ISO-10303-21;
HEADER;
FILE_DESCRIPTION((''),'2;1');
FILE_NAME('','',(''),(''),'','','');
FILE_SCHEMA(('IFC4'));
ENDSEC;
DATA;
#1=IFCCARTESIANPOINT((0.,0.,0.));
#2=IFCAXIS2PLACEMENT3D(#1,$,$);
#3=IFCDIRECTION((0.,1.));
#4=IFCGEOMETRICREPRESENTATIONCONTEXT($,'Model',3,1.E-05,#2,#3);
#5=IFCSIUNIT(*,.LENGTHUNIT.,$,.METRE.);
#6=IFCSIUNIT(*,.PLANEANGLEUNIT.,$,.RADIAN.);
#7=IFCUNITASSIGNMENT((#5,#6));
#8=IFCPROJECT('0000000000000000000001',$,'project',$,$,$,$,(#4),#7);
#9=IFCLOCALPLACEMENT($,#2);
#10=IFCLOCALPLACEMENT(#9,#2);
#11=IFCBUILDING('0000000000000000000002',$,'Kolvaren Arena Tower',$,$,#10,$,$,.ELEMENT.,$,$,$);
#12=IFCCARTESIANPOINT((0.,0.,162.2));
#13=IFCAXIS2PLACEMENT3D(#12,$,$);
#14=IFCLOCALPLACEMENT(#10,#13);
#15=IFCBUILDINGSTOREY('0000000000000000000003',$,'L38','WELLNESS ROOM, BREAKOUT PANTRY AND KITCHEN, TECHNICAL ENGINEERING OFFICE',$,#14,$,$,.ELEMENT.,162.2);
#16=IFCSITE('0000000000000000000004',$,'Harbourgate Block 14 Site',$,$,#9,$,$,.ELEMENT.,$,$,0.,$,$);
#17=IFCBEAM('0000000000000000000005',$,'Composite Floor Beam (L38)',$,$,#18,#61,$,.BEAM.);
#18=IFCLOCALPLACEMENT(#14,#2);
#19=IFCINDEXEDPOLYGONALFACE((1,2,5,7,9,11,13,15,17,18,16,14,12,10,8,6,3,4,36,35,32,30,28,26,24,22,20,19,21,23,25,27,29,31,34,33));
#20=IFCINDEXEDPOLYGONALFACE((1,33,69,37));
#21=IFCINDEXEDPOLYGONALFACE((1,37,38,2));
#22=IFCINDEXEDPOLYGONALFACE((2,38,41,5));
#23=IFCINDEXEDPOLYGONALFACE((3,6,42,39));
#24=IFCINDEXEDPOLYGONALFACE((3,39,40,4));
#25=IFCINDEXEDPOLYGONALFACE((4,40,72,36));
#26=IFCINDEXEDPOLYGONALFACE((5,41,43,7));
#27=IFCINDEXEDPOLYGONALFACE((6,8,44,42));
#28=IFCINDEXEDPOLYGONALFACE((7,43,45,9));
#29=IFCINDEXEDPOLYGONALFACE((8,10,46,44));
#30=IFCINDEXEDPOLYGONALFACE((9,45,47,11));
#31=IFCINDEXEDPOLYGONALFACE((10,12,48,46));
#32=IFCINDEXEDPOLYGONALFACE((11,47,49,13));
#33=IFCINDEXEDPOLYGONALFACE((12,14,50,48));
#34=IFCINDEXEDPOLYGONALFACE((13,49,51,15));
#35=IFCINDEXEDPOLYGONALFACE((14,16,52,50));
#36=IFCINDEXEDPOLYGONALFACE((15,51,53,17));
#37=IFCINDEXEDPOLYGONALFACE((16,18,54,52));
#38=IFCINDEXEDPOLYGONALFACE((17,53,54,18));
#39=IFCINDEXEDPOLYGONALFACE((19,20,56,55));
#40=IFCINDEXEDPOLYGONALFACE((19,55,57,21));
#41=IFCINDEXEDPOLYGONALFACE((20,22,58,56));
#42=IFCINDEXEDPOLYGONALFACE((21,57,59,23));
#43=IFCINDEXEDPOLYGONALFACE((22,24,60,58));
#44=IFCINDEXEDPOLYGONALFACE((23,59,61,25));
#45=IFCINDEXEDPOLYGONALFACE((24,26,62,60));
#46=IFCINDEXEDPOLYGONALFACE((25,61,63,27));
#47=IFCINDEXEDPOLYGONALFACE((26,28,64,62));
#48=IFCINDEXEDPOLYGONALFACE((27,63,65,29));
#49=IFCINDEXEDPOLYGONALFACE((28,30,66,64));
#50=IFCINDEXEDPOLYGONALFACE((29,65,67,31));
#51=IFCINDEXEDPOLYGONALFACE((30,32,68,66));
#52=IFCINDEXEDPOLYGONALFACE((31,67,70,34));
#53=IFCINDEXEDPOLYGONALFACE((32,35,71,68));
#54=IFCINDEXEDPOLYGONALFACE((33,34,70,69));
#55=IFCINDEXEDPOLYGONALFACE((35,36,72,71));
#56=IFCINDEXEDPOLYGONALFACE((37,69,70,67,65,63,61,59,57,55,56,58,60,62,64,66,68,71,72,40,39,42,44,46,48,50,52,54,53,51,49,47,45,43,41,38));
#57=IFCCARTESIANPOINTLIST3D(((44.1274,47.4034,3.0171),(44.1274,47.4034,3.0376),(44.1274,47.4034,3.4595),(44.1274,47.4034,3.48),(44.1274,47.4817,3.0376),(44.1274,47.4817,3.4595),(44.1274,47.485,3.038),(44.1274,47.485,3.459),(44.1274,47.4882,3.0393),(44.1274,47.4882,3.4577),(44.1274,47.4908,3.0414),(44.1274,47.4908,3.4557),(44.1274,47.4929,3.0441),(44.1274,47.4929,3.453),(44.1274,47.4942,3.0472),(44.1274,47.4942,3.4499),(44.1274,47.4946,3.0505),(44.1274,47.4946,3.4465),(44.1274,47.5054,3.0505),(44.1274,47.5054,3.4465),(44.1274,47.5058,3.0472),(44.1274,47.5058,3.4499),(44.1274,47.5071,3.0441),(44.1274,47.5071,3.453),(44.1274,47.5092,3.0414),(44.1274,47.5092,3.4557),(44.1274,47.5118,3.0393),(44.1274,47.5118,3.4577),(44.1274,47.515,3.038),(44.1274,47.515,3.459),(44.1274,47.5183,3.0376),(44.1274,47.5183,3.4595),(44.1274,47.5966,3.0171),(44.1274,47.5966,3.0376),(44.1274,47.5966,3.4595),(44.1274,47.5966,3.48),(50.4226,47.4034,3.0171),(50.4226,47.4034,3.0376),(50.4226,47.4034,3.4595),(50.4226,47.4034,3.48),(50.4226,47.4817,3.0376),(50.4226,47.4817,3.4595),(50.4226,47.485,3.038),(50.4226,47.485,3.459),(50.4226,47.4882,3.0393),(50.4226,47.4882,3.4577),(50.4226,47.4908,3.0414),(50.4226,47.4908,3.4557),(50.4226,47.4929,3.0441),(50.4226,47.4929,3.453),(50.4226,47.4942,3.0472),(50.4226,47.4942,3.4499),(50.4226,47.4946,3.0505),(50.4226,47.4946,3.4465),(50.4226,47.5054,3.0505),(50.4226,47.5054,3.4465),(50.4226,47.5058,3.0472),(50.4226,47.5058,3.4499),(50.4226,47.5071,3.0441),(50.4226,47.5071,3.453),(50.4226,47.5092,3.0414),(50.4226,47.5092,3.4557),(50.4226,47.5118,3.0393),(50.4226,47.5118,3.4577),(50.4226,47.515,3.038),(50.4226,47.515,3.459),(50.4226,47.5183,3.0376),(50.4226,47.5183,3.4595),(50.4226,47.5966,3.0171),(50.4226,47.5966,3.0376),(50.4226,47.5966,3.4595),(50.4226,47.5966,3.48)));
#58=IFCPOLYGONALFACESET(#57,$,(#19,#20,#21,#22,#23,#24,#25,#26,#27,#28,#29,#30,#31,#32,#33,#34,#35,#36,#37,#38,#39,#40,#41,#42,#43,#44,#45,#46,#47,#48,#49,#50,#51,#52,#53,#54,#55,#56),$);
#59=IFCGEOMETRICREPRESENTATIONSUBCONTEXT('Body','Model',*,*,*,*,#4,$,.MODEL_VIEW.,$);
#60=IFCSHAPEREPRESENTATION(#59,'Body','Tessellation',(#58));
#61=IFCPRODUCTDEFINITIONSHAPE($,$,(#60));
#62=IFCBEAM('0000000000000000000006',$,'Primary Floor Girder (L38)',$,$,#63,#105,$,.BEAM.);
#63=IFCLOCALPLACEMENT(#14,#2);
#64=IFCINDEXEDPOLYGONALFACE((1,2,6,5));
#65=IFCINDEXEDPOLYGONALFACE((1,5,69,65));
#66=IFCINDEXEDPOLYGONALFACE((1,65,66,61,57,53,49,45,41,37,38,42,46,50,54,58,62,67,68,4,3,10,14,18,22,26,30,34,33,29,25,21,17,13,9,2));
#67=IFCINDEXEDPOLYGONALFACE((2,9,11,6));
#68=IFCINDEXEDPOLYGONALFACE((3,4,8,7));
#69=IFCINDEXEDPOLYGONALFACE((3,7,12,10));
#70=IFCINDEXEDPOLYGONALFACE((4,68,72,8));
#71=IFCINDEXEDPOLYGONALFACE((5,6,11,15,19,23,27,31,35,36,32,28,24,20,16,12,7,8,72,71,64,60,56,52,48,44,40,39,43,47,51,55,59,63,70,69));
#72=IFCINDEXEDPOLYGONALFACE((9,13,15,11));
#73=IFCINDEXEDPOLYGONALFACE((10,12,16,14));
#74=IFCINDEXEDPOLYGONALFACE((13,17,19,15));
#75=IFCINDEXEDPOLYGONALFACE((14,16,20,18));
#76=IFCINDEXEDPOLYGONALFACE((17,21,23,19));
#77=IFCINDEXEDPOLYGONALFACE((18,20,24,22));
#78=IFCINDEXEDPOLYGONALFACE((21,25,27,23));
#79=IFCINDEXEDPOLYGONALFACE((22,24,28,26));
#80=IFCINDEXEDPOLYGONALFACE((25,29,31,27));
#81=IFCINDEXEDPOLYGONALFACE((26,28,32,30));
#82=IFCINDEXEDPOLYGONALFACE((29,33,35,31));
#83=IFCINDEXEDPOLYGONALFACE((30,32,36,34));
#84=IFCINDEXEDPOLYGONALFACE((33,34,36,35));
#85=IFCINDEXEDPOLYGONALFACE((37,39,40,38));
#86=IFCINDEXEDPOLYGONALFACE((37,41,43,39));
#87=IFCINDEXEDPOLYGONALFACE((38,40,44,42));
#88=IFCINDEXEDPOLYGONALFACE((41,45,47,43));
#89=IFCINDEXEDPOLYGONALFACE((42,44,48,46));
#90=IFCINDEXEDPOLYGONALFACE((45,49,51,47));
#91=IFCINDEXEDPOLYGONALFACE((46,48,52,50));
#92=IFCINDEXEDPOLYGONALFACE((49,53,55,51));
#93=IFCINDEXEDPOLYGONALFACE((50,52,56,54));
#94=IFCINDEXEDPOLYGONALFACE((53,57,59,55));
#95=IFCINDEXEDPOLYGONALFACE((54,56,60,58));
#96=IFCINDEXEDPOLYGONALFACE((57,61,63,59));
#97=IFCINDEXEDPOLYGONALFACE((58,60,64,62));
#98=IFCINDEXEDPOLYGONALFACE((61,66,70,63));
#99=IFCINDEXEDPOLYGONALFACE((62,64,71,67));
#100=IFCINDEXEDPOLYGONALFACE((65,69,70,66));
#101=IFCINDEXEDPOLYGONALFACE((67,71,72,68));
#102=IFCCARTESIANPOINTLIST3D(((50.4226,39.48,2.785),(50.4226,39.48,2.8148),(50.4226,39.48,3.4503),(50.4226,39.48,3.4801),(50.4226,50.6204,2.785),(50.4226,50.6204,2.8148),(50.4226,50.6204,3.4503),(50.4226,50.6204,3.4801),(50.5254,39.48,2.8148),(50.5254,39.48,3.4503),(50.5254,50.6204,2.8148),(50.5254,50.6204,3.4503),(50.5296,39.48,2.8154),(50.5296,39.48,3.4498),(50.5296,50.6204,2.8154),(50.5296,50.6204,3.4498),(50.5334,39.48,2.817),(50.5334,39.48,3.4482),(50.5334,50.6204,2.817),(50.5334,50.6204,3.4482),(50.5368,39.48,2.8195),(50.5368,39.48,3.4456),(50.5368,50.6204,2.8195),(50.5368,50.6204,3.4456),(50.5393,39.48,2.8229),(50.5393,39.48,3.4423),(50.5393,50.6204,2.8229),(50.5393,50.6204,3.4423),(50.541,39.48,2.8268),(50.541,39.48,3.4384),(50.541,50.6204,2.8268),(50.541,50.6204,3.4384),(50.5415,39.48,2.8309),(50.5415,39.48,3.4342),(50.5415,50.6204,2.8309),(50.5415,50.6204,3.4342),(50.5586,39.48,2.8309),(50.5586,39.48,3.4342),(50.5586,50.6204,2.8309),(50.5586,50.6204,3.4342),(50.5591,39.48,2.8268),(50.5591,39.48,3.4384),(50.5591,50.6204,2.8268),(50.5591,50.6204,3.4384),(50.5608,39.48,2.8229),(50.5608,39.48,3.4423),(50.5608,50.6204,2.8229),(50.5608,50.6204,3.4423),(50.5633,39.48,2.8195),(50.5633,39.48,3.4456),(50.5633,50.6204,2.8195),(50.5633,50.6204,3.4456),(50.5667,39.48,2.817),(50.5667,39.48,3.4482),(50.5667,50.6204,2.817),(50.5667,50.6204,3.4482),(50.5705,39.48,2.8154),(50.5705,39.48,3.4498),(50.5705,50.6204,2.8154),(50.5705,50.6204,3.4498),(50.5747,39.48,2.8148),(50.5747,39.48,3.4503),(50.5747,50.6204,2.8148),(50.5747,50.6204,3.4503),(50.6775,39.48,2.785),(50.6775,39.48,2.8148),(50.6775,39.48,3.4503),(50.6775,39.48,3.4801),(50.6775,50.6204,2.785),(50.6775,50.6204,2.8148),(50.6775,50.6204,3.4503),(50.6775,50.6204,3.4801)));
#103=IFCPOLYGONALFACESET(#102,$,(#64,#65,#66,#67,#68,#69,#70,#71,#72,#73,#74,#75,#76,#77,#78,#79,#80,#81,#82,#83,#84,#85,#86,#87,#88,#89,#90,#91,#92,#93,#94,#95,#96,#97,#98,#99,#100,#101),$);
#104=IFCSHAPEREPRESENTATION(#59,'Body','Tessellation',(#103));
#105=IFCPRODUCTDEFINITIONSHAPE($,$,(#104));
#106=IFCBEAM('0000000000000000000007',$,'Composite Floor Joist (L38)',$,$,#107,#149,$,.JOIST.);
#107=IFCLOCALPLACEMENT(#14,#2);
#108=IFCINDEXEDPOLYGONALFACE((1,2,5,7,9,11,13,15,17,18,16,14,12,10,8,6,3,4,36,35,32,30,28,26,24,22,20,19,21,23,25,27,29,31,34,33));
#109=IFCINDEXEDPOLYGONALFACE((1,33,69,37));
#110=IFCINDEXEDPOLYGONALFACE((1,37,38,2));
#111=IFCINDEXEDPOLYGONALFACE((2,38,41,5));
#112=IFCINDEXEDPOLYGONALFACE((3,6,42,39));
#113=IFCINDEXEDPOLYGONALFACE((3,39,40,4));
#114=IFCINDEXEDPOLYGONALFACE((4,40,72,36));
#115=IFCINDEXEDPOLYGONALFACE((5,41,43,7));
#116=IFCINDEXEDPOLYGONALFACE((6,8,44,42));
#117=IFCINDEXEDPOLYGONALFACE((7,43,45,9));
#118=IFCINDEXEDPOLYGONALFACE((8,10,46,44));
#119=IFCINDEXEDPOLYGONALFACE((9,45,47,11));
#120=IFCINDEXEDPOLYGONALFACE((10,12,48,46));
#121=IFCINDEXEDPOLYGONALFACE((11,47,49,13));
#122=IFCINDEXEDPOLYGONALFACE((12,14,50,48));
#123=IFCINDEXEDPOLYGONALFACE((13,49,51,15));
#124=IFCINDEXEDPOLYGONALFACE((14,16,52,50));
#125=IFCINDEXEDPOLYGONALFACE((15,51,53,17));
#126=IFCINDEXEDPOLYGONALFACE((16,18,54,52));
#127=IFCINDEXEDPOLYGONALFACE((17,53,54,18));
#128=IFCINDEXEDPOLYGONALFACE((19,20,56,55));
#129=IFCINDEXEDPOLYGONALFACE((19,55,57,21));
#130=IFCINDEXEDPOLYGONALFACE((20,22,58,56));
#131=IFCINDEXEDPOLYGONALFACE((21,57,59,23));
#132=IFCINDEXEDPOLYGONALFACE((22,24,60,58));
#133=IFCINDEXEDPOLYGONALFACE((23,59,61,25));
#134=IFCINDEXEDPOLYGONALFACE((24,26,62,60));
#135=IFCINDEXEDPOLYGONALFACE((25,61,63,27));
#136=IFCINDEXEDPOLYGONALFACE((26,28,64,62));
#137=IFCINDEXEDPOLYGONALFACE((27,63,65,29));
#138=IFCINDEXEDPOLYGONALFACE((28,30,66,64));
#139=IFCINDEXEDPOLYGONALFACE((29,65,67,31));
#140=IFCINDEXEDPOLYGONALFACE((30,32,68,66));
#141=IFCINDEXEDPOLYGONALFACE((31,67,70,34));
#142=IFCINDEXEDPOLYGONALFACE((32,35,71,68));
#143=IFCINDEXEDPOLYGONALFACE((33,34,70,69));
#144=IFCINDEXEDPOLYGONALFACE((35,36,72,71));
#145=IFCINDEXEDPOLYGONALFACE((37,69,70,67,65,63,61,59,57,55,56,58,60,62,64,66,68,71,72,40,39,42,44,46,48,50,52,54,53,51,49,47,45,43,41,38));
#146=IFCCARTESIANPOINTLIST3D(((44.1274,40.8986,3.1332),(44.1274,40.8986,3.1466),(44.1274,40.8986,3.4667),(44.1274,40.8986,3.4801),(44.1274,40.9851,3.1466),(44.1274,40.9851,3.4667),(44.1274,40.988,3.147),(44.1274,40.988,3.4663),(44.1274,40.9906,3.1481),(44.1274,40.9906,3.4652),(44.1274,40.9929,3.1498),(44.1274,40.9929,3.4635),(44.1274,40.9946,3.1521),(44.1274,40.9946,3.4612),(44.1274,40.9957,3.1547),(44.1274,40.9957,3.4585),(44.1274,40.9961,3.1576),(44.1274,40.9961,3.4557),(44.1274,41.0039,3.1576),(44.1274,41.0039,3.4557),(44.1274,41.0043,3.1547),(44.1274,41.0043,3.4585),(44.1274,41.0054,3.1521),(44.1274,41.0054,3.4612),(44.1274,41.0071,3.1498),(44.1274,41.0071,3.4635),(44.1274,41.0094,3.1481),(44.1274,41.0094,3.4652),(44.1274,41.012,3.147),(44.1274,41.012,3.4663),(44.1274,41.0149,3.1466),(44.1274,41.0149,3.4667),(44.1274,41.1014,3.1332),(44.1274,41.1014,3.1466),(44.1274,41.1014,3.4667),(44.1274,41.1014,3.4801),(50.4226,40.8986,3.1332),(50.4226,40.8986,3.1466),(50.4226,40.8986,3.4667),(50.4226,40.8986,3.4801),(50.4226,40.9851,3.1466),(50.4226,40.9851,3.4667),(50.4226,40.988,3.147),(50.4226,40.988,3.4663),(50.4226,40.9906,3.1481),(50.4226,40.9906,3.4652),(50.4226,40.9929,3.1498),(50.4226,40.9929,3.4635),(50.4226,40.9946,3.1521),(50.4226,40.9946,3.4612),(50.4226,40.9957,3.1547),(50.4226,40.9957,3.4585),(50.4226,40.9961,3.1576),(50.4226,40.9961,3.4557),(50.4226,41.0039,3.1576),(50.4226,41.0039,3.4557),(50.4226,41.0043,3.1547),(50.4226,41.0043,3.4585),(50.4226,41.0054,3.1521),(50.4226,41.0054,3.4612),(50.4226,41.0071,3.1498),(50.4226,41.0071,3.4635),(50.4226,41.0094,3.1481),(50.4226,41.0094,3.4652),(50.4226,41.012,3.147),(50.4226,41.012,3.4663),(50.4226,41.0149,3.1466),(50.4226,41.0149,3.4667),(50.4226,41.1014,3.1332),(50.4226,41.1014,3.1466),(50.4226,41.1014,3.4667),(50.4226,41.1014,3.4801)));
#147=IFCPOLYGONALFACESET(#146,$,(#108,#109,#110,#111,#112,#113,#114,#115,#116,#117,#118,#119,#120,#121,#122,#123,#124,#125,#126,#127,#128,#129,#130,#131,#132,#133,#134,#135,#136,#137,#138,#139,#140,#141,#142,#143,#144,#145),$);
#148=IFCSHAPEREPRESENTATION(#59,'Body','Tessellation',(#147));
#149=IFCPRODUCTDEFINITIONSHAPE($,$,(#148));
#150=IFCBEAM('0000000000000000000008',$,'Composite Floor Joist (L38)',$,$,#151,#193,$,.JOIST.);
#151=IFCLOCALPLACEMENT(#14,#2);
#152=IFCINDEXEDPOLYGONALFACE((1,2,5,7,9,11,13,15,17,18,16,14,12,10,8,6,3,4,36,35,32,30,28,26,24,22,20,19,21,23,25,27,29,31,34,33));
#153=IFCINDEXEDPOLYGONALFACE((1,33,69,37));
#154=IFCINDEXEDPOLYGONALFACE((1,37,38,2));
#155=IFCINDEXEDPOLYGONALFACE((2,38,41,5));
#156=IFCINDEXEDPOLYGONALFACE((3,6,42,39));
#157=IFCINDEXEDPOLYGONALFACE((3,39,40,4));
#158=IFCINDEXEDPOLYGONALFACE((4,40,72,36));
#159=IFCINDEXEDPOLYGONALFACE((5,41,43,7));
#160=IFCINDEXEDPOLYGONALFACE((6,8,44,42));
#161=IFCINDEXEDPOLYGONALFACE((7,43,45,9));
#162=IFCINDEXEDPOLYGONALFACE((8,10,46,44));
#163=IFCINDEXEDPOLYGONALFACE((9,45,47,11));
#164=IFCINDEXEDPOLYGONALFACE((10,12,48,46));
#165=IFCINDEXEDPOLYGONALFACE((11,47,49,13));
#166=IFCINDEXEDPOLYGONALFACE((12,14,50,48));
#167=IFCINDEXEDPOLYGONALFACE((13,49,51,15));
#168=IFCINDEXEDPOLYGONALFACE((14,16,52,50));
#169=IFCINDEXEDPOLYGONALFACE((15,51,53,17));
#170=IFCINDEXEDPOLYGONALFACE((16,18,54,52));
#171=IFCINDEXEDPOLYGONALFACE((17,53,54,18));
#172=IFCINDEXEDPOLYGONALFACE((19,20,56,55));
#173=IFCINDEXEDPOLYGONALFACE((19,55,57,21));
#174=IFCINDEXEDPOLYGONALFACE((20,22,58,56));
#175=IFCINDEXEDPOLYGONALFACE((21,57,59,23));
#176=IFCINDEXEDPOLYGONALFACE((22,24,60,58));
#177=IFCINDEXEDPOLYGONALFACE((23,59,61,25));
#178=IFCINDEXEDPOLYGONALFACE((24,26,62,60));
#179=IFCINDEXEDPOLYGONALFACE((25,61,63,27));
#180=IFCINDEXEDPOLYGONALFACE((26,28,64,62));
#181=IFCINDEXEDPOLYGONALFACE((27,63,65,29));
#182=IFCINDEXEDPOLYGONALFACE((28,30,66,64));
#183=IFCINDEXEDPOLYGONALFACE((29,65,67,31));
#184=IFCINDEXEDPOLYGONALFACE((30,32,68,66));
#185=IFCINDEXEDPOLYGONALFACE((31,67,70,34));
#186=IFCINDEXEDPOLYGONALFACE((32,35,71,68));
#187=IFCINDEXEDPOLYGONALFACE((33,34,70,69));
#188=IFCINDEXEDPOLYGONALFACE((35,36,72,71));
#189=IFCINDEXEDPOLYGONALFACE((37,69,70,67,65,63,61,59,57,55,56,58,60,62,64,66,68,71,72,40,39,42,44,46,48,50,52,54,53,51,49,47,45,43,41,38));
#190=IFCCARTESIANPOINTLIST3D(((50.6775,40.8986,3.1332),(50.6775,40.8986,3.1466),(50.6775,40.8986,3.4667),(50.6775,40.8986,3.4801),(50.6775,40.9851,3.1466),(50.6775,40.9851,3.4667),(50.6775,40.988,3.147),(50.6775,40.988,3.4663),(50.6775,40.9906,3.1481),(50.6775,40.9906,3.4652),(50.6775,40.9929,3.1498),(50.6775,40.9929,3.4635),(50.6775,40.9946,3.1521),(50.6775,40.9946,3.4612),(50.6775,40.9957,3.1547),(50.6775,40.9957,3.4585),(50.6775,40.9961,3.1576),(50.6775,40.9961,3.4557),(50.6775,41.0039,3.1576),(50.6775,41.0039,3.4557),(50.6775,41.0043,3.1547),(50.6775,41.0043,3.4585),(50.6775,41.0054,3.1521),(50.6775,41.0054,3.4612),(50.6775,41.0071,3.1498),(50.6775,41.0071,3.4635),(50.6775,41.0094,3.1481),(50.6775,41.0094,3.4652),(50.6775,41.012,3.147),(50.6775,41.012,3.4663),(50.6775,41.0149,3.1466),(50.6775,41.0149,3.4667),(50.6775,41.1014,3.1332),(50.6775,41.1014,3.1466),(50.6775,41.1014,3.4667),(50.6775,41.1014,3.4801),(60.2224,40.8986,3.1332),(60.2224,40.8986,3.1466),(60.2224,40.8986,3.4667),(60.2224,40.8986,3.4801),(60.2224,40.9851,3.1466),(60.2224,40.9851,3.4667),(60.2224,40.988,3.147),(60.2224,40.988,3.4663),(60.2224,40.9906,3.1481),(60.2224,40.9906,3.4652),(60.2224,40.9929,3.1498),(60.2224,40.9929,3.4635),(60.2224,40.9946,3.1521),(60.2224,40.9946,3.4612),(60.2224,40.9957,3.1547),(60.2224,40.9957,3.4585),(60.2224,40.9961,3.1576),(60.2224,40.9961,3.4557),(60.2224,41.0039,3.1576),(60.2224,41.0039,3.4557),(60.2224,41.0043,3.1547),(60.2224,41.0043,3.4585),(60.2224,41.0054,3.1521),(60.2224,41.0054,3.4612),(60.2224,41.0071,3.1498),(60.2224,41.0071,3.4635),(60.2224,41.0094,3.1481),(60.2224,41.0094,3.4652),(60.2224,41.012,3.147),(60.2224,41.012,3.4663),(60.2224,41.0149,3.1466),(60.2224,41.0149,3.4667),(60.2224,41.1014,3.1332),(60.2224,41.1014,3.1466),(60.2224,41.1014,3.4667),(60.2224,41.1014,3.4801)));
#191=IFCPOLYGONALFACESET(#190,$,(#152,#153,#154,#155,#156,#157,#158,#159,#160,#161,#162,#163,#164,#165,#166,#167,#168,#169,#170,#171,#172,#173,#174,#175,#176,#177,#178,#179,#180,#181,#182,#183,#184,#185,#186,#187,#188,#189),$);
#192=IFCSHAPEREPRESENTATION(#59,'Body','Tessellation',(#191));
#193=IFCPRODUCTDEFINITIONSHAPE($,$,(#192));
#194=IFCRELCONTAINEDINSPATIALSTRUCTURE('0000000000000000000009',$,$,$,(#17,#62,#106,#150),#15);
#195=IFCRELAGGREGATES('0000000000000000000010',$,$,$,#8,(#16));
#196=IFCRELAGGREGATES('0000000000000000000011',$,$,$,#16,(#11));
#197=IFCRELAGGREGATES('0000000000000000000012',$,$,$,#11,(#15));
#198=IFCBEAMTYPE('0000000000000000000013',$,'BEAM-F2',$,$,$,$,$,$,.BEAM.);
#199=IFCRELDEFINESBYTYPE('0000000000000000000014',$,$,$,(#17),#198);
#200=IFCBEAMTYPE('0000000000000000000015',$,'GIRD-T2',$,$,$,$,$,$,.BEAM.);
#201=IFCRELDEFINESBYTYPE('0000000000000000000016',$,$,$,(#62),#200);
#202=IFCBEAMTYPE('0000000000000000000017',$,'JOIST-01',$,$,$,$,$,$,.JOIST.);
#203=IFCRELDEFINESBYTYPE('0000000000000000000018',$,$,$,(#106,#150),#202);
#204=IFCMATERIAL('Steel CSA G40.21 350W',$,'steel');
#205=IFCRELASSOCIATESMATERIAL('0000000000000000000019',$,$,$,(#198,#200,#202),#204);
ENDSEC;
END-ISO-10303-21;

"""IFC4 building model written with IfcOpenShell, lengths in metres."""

from ifc_helpers import new_model, si_unit, direction, frame, origin, origin_2d, place, context, subcontext, project, spatial, i_section, extrude, material, material_profile, profile_set, type_object, element, save


model = new_model("IFC4")

# Units and contexts
model_context = context("Model", 3, precision=1e-05, world=origin(), true_north=direction((0.0, 1.0)))
body_context = subcontext(model_context, "Body", "Model", "MODEL_VIEW")
ifc_project = project(units=[si_unit("LENGTHUNIT", "METRE"), si_unit("PLANEANGLEUNIT", "RADIAN")], contexts=[model_context])

# Site, building, storey
site_placement = place(None, origin())
site = spatial("IfcSite", under=ifc_project, at=site_placement, Name="Harbourgate Block 14 Site", CompositionType="ELEMENT", RefElevation=0.0)
building_placement = place(site_placement, origin())
building = spatial("IfcBuilding", under=site, at=building_placement, Name="Kolvaren Arena Tower", CompositionType="ELEMENT")
storey_placement = place(building_placement, frame((0.0, 0.0, 162.2)))
storey = spatial("IfcBuildingStorey", under=building, at=storey_placement, Name="L38", Description="WELLNESS ROOM, BREAKOUT PANTRY AND KITCHEN, TECHNICAL ENGINEERING OFFICE", CompositionType="ELEMENT", Elevation=162.2)

# Beams
ifc_material_1 = material(Name="Steel CSA G40.21 350W", Category="steel")
ifc_material_profile_1 = material_profile(ifc_material_1, i_section(OverallWidth=0.1931, OverallDepth=0.4629, WebThickness=0.0107, FlangeThickness=0.0205, FilletRadius=0.0129, at=origin_2d()), Name="W460x113")
ifc_profile_set_1 = profile_set([ifc_material_profile_1], Name="Steel CSA G40.21 350W")
beam_type_1 = type_object("IfcBeamType", Name="BEAM-F2", PredefinedType="BEAM", material=ifc_profile_set_1)
beam_1_placement = place(storey_placement, frame((44.1274, 47.5, 3.2485), z_axis=(1.0, 0.0, 0.0), x_axis=(0.0, 1.0, 0.0)))
element("IfcBeam", 1, at=beam_1_placement, inside=storey, type_object=beam_type_1, Name="Composite Floor Beam (L38)", PredefinedType="BEAM", context=body_context, shape_type="SweptSolid", body=[
    extrude(i_section(OverallWidth=0.1931, OverallDepth=0.4629, WebThickness=0.0107, FlangeThickness=0.0205, FilletRadius=0.0129, at=origin_2d()), origin(), (0.0, 0.0, 1.0), 6.2952),
])
ifc_material_profile_2 = material_profile(ifc_material_1, i_section(OverallWidth=0.2549, OverallDepth=0.6951, WebThickness=0.0171, FlangeThickness=0.0298, FilletRadius=0.0161, at=origin_2d()), Name="W690x217")
ifc_profile_set_2 = profile_set([ifc_material_profile_2], Name="Steel CSA G40.21 350W")
beam_type_2 = type_object("IfcBeamType", Name="GIRD-T2", PredefinedType="BEAM", material=ifc_profile_set_2)
beam_2_placement = place(storey_placement, frame((50.55, 39.48, 3.1326), z_axis=(0.0, 1.0, 0.0), x_axis=(-1.0, 0.0, 0.0)))
element("IfcBeam", 2, at=beam_2_placement, inside=storey, type_object=beam_type_2, Name="Primary Floor Girder (L38)", PredefinedType="BEAM", context=body_context, shape_type="SweptSolid", body=[
    extrude(i_section(OverallWidth=0.2549, OverallDepth=0.6951, WebThickness=0.0171, FlangeThickness=0.0298, FilletRadius=0.0161, at=origin_2d()), origin(), (0.0, 0.0, 1.0), 11.1404),
])
ifc_material_profile_3 = material_profile(ifc_material_1, i_section(OverallWidth=0.2029, OverallDepth=0.3469, WebThickness=0.0078, FlangeThickness=0.0134, FilletRadius=0.011, at=origin_2d()), Name="W360x64")
ifc_profile_set_3 = profile_set([ifc_material_profile_3], Name="Steel CSA G40.21 350W")
beam_type_3 = type_object("IfcBeamType", Name="JOIST-01", PredefinedType="JOIST", material=ifc_profile_set_3)
beam_3_placement = place(storey_placement, frame((44.1274, 41.0, 3.3066), z_axis=(1.0, 0.0, 0.0), x_axis=(0.0, 1.0, 0.0)))
element("IfcBeam", 3, at=beam_3_placement, inside=storey, type_object=beam_type_3, Name="Composite Floor Joist (L38)", PredefinedType="JOIST", context=body_context, shape_type="SweptSolid", body=[
    extrude(i_section(OverallWidth=0.2029, OverallDepth=0.3469, WebThickness=0.0078, FlangeThickness=0.0134, FilletRadius=0.011, at=origin_2d()), origin(), (0.0, 0.0, 1.0), 6.2952),
])
beam_4_placement = place(storey_placement, frame((50.6775, 41.0, 3.3066), z_axis=(1.0, 0.0, 0.0), x_axis=(0.0, 1.0, 0.0)))
element("IfcBeam", 4, at=beam_4_placement, inside=storey, type_object=beam_type_3, Name="Composite Floor Joist (L38)", PredefinedType="JOIST", context=body_context, shape_type="SweptSolid", body=[
    extrude(i_section(OverallWidth=0.2029, OverallDepth=0.3469, WebThickness=0.0078, FlangeThickness=0.0134, FilletRadius=0.011, at=origin_2d()), origin(), (0.0, 0.0, 1.0), 9.5449),
])

save(model, "model.ifc")
